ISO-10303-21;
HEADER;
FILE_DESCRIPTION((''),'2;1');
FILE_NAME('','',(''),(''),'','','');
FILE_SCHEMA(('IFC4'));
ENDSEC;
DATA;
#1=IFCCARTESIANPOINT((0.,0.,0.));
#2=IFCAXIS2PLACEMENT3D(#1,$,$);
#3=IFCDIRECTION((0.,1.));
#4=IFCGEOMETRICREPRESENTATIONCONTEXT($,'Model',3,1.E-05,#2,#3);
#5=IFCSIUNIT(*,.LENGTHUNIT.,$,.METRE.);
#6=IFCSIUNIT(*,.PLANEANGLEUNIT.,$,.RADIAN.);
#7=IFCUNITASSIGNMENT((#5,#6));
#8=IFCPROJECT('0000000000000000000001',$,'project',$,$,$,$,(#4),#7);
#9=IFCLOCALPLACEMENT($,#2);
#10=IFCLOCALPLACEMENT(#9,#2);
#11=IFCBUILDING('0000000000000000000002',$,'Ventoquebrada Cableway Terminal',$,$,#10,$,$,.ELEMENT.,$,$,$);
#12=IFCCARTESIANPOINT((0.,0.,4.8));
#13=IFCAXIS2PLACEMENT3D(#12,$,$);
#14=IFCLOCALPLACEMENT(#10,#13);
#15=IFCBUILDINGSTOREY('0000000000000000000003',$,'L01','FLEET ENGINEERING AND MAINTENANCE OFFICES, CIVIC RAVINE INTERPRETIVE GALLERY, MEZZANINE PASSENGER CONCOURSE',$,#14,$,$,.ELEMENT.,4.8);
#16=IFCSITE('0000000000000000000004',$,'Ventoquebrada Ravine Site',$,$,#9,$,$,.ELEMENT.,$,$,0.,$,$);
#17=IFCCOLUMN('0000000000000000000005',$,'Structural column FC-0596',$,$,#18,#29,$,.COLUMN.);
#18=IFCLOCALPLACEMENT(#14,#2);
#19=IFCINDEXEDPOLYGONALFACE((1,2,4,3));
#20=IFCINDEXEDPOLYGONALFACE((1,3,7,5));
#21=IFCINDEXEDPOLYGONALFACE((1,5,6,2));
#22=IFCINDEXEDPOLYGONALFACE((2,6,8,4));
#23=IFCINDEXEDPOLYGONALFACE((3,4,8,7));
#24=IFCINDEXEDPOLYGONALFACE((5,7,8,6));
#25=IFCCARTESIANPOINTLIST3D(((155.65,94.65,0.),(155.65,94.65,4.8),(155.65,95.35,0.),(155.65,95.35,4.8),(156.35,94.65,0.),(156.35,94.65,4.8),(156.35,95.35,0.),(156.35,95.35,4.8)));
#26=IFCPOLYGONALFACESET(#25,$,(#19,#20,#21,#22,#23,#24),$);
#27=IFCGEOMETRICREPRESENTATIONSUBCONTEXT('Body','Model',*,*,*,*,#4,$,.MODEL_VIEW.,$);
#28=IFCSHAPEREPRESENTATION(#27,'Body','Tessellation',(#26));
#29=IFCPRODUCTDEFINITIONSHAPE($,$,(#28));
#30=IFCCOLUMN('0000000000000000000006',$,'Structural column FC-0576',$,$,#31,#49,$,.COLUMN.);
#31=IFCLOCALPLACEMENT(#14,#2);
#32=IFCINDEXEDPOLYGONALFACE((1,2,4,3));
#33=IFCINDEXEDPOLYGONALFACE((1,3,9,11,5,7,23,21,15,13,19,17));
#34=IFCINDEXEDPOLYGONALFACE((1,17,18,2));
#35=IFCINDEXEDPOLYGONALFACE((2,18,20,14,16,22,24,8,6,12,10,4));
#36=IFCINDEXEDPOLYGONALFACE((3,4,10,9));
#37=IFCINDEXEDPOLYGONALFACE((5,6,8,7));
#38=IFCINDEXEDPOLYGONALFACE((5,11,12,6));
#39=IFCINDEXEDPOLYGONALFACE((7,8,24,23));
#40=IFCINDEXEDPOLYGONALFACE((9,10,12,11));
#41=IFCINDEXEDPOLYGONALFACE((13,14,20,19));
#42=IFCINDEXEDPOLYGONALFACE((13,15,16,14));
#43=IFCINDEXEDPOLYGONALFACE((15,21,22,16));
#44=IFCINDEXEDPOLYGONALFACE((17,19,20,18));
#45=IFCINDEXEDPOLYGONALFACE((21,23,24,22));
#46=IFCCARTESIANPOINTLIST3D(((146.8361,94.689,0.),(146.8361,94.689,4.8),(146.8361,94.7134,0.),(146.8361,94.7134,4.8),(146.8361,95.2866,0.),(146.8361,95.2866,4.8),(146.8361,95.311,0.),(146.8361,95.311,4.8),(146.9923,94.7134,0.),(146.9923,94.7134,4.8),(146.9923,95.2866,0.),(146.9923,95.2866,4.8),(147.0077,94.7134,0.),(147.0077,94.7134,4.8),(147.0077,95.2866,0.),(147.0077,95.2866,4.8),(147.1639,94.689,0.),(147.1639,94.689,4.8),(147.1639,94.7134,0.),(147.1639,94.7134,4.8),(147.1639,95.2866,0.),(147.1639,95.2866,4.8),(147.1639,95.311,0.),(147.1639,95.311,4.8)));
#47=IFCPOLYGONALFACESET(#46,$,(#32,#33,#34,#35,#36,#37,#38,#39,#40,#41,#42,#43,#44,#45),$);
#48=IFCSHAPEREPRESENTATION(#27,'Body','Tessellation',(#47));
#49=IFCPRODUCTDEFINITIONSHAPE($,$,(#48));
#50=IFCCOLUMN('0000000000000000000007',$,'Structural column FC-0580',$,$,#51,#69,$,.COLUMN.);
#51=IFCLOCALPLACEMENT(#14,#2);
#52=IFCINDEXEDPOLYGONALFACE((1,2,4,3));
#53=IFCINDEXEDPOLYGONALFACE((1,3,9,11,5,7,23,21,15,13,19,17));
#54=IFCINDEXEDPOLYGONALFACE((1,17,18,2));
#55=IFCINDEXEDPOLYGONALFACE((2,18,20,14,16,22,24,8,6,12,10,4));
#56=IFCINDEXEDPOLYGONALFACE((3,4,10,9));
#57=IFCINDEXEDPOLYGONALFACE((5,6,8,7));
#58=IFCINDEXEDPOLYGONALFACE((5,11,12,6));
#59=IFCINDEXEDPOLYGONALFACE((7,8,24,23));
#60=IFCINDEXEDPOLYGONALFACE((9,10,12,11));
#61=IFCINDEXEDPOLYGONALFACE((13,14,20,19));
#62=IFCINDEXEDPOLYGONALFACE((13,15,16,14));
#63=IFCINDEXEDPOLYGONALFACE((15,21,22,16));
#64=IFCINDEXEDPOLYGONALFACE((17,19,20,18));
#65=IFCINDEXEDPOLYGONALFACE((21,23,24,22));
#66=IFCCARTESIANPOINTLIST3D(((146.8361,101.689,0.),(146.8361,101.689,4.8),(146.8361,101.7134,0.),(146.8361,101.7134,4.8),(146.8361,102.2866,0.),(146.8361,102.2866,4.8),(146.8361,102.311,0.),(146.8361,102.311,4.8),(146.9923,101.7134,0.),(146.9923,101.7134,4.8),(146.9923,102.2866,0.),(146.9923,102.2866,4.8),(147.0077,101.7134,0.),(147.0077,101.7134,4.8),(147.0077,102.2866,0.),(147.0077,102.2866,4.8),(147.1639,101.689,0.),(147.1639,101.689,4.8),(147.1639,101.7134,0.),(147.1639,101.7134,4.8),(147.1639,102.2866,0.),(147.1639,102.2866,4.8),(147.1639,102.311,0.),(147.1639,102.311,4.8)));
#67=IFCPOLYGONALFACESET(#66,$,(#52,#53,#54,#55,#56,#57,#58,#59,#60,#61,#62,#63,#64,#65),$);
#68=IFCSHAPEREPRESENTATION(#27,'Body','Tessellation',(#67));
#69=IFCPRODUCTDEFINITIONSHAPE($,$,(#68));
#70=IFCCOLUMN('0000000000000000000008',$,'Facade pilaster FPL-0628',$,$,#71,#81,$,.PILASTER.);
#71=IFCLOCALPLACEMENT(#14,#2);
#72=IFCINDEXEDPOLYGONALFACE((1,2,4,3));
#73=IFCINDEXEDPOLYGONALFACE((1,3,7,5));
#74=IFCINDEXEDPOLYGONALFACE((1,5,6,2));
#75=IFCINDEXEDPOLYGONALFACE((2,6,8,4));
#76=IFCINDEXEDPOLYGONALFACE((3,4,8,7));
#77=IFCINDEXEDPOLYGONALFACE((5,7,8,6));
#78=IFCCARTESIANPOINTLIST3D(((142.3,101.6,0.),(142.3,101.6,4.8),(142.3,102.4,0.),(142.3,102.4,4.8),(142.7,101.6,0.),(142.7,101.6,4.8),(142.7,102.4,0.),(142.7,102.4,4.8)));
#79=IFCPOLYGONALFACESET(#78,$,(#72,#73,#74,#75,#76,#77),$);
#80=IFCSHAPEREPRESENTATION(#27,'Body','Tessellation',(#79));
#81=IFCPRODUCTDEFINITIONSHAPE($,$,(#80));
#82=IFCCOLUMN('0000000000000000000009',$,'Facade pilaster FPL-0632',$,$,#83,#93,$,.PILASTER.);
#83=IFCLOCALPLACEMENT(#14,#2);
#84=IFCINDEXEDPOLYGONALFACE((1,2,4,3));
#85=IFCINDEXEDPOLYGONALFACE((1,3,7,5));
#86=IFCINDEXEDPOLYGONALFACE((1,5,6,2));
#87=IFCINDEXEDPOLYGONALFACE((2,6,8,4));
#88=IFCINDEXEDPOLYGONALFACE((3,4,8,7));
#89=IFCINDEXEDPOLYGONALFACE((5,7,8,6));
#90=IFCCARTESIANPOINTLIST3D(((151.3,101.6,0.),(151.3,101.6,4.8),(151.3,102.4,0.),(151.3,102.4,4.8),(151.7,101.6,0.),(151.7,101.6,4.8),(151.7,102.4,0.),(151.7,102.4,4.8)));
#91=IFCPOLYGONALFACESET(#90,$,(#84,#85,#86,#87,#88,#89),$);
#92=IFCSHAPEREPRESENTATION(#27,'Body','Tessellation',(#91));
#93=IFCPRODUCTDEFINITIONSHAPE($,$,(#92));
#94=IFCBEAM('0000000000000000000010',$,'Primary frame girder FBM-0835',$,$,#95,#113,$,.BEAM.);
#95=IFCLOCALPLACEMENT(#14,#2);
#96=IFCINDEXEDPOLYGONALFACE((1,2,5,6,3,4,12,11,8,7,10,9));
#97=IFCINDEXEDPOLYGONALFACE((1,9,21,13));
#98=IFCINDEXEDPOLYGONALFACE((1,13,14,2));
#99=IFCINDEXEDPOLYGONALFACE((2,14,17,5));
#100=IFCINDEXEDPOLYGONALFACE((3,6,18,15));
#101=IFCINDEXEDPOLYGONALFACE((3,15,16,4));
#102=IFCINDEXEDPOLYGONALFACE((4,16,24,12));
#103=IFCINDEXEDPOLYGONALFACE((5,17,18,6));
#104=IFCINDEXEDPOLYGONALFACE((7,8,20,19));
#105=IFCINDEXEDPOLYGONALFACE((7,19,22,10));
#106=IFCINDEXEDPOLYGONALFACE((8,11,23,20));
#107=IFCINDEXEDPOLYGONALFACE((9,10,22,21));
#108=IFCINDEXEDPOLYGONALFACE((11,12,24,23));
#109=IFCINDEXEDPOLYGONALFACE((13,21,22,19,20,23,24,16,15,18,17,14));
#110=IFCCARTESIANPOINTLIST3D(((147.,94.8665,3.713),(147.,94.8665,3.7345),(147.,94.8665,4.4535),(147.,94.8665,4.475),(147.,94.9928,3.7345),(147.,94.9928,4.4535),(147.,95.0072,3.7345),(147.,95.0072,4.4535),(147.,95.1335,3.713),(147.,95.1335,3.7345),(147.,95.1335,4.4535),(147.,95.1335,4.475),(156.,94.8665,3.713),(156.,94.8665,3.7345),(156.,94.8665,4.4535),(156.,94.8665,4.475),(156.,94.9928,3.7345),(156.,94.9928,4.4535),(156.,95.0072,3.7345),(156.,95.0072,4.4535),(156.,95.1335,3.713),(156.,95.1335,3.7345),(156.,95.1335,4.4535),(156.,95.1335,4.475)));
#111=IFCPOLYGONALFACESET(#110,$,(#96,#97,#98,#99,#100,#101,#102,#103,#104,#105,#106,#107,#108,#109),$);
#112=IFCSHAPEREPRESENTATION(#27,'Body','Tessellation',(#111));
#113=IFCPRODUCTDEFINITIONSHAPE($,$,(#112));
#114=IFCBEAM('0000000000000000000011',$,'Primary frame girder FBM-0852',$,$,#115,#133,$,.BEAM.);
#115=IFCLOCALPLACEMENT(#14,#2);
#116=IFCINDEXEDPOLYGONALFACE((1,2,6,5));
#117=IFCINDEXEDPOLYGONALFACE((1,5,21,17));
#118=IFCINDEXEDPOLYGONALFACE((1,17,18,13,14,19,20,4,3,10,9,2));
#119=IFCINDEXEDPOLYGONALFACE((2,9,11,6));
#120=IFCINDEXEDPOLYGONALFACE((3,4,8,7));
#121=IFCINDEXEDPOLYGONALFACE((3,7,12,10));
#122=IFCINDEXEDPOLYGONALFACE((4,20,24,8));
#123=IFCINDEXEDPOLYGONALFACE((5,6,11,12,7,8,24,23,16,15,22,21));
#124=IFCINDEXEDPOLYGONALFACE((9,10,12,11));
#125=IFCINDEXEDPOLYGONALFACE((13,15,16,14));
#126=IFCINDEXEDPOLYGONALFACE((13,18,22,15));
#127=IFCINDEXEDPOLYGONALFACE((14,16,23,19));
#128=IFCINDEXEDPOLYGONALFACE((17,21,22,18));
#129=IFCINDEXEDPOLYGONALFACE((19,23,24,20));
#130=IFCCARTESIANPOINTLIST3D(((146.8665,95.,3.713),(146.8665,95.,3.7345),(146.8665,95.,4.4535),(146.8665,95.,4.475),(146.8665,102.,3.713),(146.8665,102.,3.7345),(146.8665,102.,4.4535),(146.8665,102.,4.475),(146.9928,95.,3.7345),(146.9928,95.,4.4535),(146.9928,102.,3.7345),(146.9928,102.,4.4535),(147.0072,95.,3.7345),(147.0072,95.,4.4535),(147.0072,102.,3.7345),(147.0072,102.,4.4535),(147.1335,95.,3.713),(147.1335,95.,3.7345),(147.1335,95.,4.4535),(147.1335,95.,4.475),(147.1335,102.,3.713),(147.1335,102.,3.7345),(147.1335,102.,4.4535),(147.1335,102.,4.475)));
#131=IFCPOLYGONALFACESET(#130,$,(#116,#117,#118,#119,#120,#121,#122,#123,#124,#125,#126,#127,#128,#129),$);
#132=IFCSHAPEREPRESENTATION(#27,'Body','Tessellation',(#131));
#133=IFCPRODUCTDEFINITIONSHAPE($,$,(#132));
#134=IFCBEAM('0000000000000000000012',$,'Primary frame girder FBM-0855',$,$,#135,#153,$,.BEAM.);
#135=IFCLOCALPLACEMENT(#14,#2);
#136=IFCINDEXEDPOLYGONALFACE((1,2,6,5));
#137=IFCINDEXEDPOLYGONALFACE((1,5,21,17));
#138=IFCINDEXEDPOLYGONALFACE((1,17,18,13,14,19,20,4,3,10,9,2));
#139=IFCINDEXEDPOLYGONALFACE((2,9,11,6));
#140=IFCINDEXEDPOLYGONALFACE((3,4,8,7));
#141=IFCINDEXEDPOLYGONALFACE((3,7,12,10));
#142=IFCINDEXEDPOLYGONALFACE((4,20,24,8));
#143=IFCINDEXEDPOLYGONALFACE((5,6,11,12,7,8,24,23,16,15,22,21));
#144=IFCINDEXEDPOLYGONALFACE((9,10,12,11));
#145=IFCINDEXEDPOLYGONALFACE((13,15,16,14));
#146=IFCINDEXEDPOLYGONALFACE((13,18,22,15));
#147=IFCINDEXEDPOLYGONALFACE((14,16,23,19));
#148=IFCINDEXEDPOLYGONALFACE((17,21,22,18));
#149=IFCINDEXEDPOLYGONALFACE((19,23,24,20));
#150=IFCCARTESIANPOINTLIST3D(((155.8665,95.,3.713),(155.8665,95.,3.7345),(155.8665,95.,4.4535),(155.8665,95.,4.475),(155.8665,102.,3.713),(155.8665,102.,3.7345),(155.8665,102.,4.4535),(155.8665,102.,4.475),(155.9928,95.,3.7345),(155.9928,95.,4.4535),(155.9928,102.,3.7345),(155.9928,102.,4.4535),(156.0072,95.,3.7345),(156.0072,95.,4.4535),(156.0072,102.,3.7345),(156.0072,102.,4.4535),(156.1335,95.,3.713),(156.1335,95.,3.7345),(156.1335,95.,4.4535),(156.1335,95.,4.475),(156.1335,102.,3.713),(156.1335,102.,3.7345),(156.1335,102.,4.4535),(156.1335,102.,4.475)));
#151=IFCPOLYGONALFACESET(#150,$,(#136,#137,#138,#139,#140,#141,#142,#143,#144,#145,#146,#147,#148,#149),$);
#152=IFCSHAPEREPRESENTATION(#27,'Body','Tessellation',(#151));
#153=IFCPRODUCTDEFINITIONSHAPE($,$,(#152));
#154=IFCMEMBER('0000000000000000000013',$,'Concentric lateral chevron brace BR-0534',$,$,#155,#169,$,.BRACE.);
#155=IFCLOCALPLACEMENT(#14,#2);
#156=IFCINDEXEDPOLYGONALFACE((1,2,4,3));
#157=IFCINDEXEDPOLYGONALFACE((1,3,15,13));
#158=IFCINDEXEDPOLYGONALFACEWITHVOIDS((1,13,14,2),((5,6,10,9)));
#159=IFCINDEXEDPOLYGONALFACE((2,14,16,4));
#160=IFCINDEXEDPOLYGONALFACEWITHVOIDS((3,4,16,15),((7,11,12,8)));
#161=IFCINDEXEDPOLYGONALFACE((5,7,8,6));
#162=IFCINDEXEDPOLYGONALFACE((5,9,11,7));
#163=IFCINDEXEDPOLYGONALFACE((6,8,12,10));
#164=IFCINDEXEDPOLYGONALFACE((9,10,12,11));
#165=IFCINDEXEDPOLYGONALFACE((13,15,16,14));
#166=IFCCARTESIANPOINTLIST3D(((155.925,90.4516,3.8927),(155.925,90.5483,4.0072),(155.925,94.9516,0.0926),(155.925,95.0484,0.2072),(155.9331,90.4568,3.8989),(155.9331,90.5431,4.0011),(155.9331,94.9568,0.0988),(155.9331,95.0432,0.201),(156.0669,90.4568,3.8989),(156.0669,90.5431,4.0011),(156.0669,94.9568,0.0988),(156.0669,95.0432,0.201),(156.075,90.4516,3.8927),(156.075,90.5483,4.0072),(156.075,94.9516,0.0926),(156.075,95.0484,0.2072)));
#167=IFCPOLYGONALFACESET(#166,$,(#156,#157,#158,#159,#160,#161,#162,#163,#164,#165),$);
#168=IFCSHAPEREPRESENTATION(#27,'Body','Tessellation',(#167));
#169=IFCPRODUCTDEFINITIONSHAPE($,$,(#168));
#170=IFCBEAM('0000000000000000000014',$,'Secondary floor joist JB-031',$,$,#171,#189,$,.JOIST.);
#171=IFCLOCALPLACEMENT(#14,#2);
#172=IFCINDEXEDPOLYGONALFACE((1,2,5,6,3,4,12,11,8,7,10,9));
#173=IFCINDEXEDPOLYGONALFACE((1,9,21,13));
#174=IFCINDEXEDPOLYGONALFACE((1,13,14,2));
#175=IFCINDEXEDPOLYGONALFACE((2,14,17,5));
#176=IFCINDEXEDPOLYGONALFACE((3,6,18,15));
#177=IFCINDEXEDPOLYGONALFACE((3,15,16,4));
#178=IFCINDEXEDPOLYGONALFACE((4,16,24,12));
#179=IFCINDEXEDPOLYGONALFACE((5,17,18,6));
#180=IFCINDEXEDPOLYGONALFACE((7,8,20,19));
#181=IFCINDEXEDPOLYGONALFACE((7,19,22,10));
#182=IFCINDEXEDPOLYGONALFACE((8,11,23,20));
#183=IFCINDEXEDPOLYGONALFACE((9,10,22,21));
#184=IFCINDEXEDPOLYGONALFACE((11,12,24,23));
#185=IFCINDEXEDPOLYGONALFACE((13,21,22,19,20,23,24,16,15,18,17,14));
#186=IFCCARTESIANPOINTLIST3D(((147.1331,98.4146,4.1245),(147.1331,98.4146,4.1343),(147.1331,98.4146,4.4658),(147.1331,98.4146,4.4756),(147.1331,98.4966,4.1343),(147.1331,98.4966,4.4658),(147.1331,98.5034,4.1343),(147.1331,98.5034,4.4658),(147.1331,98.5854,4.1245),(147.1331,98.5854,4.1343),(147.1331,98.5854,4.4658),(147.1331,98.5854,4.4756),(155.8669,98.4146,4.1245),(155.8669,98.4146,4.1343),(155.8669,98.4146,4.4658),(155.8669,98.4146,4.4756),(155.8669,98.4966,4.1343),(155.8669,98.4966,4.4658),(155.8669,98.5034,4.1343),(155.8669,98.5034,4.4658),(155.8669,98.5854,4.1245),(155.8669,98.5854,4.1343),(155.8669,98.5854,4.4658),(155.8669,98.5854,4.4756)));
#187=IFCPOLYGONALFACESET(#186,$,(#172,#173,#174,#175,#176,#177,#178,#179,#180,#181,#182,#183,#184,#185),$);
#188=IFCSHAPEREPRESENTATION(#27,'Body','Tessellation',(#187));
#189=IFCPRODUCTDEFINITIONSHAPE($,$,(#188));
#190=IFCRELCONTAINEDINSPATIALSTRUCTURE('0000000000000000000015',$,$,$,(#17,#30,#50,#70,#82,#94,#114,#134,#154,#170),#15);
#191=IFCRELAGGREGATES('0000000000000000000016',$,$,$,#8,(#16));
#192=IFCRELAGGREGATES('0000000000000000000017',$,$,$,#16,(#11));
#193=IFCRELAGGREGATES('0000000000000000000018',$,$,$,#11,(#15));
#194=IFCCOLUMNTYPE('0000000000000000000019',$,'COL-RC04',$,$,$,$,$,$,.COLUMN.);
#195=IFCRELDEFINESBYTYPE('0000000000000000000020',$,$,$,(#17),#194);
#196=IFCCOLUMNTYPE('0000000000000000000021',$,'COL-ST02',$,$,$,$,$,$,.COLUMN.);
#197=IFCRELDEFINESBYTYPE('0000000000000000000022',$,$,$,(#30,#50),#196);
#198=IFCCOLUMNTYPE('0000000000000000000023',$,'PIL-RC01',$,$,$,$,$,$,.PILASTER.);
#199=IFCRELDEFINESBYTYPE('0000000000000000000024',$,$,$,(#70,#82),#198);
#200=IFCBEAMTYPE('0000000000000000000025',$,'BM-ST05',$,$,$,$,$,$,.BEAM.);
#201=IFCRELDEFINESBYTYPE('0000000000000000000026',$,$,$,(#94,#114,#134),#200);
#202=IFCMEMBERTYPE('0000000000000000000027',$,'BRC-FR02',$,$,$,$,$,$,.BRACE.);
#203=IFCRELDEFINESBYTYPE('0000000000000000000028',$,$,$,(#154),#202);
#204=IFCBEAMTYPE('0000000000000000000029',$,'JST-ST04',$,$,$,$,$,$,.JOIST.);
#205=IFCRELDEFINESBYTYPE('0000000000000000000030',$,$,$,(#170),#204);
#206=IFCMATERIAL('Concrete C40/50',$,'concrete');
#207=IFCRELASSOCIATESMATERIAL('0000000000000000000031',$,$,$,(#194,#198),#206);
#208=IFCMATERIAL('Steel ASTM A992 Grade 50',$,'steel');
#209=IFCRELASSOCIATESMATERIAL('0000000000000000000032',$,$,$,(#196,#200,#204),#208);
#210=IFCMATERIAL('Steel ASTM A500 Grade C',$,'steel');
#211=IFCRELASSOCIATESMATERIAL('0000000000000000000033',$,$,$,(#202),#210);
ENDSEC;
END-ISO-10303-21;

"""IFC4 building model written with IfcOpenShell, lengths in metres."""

from ifc_helpers import new_model, si_unit, direction, frame, origin, origin_2d, place, context, subcontext, project, spatial, rectangle, hollow_rectangle, i_section, extrude, material, material_profile, profile_set, type_object, element, save


model = new_model("IFC4")

# Units and contexts
model_context = context("Model", 3, precision=1e-05, world=origin(), true_north=direction((0.0, 1.0)))
body_context = subcontext(model_context, "Body", "Model", "MODEL_VIEW")
ifc_project = project(units=[si_unit("LENGTHUNIT", "METRE"), si_unit("PLANEANGLEUNIT", "RADIAN")], contexts=[model_context])

# Site, building, storey
site_placement = place(None, origin())
site = spatial("IfcSite", under=ifc_project, at=site_placement, Name="Ventoquebrada Ravine Site", CompositionType="ELEMENT", RefElevation=0.0)
building_placement = place(site_placement, origin())
building = spatial("IfcBuilding", under=site, at=building_placement, Name="Ventoquebrada Cableway Terminal", CompositionType="ELEMENT")
storey_placement = place(building_placement, frame((0.0, 0.0, 4.8)))
storey = spatial("IfcBuildingStorey", under=building, at=storey_placement, Name="L01", Description="FLEET ENGINEERING AND MAINTENANCE OFFICES, CIVIC RAVINE INTERPRETIVE GALLERY, MEZZANINE PASSENGER CONCOURSE", CompositionType="ELEMENT", Elevation=4.8)

# Columns
ifc_material_1 = material(Name="Concrete C40/50", Category="concrete")
ifc_material_profile_1 = material_profile(ifc_material_1, rectangle(XDim=0.7, YDim=0.7, at=origin_2d()), Name="RC-COL-700X700")
ifc_profile_set_1 = profile_set([ifc_material_profile_1], Name="Concrete C40/50")
column_type_1 = type_object("IfcColumnType", Name="COL-RC04", PredefinedType="COLUMN", material=ifc_profile_set_1)
column_placement = place(storey_placement, frame((156.0, 95.0, 0.0), z_axis=(0.0, 0.0, 1.0), x_axis=(1.0, 0.0, 0.0)))
element("IfcColumn", 1, at=column_placement, inside=storey, type_object=column_type_1, Name="Structural column FC-0596", PredefinedType="COLUMN", context=body_context, shape_type="SweptSolid", body=[
    extrude(rectangle(XDim=0.7, YDim=0.7, at=origin_2d()), origin(), (0.0, 0.0, 1.0), 4.8),
])
ifc_material_2 = material(Name="Steel ASTM A992 Grade 50", Category="steel")
ifc_material_profile_2 = material_profile(ifc_material_2, i_section(OverallWidth=0.3279, OverallDepth=0.6221, WebThickness=0.0154, FlangeThickness=0.0244, at=origin_2d()), Name="W24X131")
ifc_profile_set_2 = profile_set([ifc_material_profile_2], Name="Steel ASTM A992 Grade 50")
column_type_2 = type_object("IfcColumnType", Name="COL-ST02", PredefinedType="COLUMN", material=ifc_profile_set_2)
for number, where, z_axis, x_axis, name in (
    (2, (147.0, 95.0, 0.0), (0.0, 0.0, 1.0), (1.0, 0.0, 0.0), "Structural column FC-0576"),
    (3, (147.0, 102.0, 0.0), (0.0, 0.0, 1.0), (1.0, 0.0, 0.0), "Structural column FC-0580"),
):
    element("IfcColumn", number, at=place(storey_placement, frame(where, z_axis=z_axis, x_axis=x_axis)), inside=storey, type_object=column_type_2, Name=name, PredefinedType="COLUMN", context=body_context, shape_type="SweptSolid", body=[
        extrude(i_section(OverallWidth=0.3279, OverallDepth=0.6221, WebThickness=0.0154, FlangeThickness=0.0244, at=origin_2d()), origin(), (0.0, 0.0, 1.0), 4.8),
    ])
ifc_material_profile_3 = material_profile(ifc_material_1, rectangle(XDim=0.3999, YDim=0.8, at=origin_2d()), Name="RC-PIL-400X800")
ifc_profile_set_3 = profile_set([ifc_material_profile_3], Name="Concrete C40/50")
column_type_3 = type_object("IfcColumnType", Name="PIL-RC01", PredefinedType="PILASTER", material=ifc_profile_set_3)
for number, where, z_axis, x_axis, name in (
    (4, (142.5, 102.0, 0.0), (0.0, 0.0, 1.0), (1.0, 0.0, 0.0), "Facade pilaster FPL-0628"),
    (5, (151.5, 102.0, 0.0), (0.0, 0.0, 1.0), (1.0, 0.0, 0.0), "Facade pilaster FPL-0632"),
):
    element("IfcColumn", number, at=place(storey_placement, frame(where, z_axis=z_axis, x_axis=x_axis)), inside=storey, type_object=column_type_3, Name=name, PredefinedType="PILASTER", context=body_context, shape_type="SweptSolid", body=[
        extrude(rectangle(XDim=0.3999, YDim=0.8, at=origin_2d()), origin(), (0.0, 0.0, 1.0), 4.8),
    ])

# Beams
ifc_material_profile_4 = material_profile(ifc_material_2, i_section(OverallWidth=0.2671, OverallDepth=0.762, WebThickness=0.0144, FlangeThickness=0.0215, at=origin_2d()), Name="W30X116")
ifc_profile_set_4 = profile_set([ifc_material_profile_4], Name="Steel ASTM A992 Grade 50")
beam_type_1 = type_object("IfcBeamType", Name="BM-ST05", PredefinedType="BEAM", material=ifc_profile_set_4)
beam_1_placement = place(storey_placement, frame((147.0, 95.0, 4.094), z_axis=(1.0, 0.0, 0.0), x_axis=(0.0, 1.0, 0.0)))
element("IfcBeam", 6, at=beam_1_placement, inside=storey, type_object=beam_type_1, Name="Primary frame girder FBM-0835", PredefinedType="BEAM", context=body_context, shape_type="SweptSolid", body=[
    extrude(i_section(OverallWidth=0.2671, OverallDepth=0.762, WebThickness=0.0144, FlangeThickness=0.0215, at=origin_2d()), origin(), (0.0, 0.0, 1.0), 9.0),
])
for number, where, z_axis, x_axis, name in (
    (7, (147.0, 95.0, 4.094), (0.0, 1.0, 0.0), (-1.0, 0.0, 0.0), "Primary frame girder FBM-0852"),
    (8, (156.0, 95.0, 4.094), (0.0, 1.0, 0.0), (-1.0, 0.0, 0.0), "Primary frame girder FBM-0855"),
):
    element("IfcBeam", number, at=place(storey_placement, frame(where, z_axis=z_axis, x_axis=x_axis)), inside=storey, type_object=beam_type_1, Name=name, PredefinedType="BEAM", context=body_context, shape_type="SweptSolid", body=[
        extrude(i_section(OverallWidth=0.2671, OverallDepth=0.762, WebThickness=0.0144, FlangeThickness=0.0215, at=origin_2d()), origin(), (0.0, 0.0, 1.0), 7.0),
    ])

# Member
ifc_material_3 = material(Name="Steel ASTM A500 Grade C", Category="steel")
ifc_material_profile_5 = material_profile(ifc_material_3, hollow_rectangle(XDim=0.1499, YDim=0.1499, WallThickness=0.0081, at=origin_2d()), Name="HSS150X150X8")
ifc_profile_set_5 = profile_set([ifc_material_profile_5], Name="Steel ASTM A500 Grade C")
member_type = type_object("IfcMemberType", Name="BRC-FR02", PredefinedType="BRACE", material=ifc_profile_set_5)
member_placement = place(storey_placement, frame((156.0, 95.0, 0.1499), z_axis=(0.0, -0.764026, 0.645186), x_axis=(1.0, 0.0, 0.0)))
element("IfcMember", 9, at=member_placement, inside=storey, type_object=member_type, Name="Concentric lateral chevron brace BR-0534", PredefinedType="BRACE", context=body_context, shape_type="SweptSolid", body=[
    extrude(hollow_rectangle(XDim=0.1499, YDim=0.1499, WallThickness=0.0081, at=origin_2d()), origin(), (0.0, 0.0, 1.0), 5.8899),
])

# Beam
ifc_material_profile_6 = material_profile(ifc_material_2, i_section(OverallWidth=0.1709, OverallDepth=0.3511, WebThickness=0.0068, FlangeThickness=0.0098, at=origin_2d()), Name="W14X30")
ifc_profile_set_6 = profile_set([ifc_material_profile_6], Name="Steel ASTM A992 Grade 50")
beam_type_2 = type_object("IfcBeamType", Name="JST-ST04", PredefinedType="JOIST", material=ifc_profile_set_6)
beam_2_placement = place(storey_placement, frame((147.1331, 98.5, 4.3), z_axis=(1.0, 0.0, 0.0), x_axis=(0.0, 1.0, 0.0)))
element("IfcBeam", 10, at=beam_2_placement, inside=storey, type_object=beam_type_2, Name="Secondary floor joist JB-031", PredefinedType="JOIST", context=body_context, shape_type="SweptSolid", body=[
    extrude(i_section(OverallWidth=0.1709, OverallDepth=0.3511, WebThickness=0.0068, FlangeThickness=0.0098, at=origin_2d()), origin(), (0.0, 0.0, 1.0), 8.7339),
])

save(model, "model.ifc")
